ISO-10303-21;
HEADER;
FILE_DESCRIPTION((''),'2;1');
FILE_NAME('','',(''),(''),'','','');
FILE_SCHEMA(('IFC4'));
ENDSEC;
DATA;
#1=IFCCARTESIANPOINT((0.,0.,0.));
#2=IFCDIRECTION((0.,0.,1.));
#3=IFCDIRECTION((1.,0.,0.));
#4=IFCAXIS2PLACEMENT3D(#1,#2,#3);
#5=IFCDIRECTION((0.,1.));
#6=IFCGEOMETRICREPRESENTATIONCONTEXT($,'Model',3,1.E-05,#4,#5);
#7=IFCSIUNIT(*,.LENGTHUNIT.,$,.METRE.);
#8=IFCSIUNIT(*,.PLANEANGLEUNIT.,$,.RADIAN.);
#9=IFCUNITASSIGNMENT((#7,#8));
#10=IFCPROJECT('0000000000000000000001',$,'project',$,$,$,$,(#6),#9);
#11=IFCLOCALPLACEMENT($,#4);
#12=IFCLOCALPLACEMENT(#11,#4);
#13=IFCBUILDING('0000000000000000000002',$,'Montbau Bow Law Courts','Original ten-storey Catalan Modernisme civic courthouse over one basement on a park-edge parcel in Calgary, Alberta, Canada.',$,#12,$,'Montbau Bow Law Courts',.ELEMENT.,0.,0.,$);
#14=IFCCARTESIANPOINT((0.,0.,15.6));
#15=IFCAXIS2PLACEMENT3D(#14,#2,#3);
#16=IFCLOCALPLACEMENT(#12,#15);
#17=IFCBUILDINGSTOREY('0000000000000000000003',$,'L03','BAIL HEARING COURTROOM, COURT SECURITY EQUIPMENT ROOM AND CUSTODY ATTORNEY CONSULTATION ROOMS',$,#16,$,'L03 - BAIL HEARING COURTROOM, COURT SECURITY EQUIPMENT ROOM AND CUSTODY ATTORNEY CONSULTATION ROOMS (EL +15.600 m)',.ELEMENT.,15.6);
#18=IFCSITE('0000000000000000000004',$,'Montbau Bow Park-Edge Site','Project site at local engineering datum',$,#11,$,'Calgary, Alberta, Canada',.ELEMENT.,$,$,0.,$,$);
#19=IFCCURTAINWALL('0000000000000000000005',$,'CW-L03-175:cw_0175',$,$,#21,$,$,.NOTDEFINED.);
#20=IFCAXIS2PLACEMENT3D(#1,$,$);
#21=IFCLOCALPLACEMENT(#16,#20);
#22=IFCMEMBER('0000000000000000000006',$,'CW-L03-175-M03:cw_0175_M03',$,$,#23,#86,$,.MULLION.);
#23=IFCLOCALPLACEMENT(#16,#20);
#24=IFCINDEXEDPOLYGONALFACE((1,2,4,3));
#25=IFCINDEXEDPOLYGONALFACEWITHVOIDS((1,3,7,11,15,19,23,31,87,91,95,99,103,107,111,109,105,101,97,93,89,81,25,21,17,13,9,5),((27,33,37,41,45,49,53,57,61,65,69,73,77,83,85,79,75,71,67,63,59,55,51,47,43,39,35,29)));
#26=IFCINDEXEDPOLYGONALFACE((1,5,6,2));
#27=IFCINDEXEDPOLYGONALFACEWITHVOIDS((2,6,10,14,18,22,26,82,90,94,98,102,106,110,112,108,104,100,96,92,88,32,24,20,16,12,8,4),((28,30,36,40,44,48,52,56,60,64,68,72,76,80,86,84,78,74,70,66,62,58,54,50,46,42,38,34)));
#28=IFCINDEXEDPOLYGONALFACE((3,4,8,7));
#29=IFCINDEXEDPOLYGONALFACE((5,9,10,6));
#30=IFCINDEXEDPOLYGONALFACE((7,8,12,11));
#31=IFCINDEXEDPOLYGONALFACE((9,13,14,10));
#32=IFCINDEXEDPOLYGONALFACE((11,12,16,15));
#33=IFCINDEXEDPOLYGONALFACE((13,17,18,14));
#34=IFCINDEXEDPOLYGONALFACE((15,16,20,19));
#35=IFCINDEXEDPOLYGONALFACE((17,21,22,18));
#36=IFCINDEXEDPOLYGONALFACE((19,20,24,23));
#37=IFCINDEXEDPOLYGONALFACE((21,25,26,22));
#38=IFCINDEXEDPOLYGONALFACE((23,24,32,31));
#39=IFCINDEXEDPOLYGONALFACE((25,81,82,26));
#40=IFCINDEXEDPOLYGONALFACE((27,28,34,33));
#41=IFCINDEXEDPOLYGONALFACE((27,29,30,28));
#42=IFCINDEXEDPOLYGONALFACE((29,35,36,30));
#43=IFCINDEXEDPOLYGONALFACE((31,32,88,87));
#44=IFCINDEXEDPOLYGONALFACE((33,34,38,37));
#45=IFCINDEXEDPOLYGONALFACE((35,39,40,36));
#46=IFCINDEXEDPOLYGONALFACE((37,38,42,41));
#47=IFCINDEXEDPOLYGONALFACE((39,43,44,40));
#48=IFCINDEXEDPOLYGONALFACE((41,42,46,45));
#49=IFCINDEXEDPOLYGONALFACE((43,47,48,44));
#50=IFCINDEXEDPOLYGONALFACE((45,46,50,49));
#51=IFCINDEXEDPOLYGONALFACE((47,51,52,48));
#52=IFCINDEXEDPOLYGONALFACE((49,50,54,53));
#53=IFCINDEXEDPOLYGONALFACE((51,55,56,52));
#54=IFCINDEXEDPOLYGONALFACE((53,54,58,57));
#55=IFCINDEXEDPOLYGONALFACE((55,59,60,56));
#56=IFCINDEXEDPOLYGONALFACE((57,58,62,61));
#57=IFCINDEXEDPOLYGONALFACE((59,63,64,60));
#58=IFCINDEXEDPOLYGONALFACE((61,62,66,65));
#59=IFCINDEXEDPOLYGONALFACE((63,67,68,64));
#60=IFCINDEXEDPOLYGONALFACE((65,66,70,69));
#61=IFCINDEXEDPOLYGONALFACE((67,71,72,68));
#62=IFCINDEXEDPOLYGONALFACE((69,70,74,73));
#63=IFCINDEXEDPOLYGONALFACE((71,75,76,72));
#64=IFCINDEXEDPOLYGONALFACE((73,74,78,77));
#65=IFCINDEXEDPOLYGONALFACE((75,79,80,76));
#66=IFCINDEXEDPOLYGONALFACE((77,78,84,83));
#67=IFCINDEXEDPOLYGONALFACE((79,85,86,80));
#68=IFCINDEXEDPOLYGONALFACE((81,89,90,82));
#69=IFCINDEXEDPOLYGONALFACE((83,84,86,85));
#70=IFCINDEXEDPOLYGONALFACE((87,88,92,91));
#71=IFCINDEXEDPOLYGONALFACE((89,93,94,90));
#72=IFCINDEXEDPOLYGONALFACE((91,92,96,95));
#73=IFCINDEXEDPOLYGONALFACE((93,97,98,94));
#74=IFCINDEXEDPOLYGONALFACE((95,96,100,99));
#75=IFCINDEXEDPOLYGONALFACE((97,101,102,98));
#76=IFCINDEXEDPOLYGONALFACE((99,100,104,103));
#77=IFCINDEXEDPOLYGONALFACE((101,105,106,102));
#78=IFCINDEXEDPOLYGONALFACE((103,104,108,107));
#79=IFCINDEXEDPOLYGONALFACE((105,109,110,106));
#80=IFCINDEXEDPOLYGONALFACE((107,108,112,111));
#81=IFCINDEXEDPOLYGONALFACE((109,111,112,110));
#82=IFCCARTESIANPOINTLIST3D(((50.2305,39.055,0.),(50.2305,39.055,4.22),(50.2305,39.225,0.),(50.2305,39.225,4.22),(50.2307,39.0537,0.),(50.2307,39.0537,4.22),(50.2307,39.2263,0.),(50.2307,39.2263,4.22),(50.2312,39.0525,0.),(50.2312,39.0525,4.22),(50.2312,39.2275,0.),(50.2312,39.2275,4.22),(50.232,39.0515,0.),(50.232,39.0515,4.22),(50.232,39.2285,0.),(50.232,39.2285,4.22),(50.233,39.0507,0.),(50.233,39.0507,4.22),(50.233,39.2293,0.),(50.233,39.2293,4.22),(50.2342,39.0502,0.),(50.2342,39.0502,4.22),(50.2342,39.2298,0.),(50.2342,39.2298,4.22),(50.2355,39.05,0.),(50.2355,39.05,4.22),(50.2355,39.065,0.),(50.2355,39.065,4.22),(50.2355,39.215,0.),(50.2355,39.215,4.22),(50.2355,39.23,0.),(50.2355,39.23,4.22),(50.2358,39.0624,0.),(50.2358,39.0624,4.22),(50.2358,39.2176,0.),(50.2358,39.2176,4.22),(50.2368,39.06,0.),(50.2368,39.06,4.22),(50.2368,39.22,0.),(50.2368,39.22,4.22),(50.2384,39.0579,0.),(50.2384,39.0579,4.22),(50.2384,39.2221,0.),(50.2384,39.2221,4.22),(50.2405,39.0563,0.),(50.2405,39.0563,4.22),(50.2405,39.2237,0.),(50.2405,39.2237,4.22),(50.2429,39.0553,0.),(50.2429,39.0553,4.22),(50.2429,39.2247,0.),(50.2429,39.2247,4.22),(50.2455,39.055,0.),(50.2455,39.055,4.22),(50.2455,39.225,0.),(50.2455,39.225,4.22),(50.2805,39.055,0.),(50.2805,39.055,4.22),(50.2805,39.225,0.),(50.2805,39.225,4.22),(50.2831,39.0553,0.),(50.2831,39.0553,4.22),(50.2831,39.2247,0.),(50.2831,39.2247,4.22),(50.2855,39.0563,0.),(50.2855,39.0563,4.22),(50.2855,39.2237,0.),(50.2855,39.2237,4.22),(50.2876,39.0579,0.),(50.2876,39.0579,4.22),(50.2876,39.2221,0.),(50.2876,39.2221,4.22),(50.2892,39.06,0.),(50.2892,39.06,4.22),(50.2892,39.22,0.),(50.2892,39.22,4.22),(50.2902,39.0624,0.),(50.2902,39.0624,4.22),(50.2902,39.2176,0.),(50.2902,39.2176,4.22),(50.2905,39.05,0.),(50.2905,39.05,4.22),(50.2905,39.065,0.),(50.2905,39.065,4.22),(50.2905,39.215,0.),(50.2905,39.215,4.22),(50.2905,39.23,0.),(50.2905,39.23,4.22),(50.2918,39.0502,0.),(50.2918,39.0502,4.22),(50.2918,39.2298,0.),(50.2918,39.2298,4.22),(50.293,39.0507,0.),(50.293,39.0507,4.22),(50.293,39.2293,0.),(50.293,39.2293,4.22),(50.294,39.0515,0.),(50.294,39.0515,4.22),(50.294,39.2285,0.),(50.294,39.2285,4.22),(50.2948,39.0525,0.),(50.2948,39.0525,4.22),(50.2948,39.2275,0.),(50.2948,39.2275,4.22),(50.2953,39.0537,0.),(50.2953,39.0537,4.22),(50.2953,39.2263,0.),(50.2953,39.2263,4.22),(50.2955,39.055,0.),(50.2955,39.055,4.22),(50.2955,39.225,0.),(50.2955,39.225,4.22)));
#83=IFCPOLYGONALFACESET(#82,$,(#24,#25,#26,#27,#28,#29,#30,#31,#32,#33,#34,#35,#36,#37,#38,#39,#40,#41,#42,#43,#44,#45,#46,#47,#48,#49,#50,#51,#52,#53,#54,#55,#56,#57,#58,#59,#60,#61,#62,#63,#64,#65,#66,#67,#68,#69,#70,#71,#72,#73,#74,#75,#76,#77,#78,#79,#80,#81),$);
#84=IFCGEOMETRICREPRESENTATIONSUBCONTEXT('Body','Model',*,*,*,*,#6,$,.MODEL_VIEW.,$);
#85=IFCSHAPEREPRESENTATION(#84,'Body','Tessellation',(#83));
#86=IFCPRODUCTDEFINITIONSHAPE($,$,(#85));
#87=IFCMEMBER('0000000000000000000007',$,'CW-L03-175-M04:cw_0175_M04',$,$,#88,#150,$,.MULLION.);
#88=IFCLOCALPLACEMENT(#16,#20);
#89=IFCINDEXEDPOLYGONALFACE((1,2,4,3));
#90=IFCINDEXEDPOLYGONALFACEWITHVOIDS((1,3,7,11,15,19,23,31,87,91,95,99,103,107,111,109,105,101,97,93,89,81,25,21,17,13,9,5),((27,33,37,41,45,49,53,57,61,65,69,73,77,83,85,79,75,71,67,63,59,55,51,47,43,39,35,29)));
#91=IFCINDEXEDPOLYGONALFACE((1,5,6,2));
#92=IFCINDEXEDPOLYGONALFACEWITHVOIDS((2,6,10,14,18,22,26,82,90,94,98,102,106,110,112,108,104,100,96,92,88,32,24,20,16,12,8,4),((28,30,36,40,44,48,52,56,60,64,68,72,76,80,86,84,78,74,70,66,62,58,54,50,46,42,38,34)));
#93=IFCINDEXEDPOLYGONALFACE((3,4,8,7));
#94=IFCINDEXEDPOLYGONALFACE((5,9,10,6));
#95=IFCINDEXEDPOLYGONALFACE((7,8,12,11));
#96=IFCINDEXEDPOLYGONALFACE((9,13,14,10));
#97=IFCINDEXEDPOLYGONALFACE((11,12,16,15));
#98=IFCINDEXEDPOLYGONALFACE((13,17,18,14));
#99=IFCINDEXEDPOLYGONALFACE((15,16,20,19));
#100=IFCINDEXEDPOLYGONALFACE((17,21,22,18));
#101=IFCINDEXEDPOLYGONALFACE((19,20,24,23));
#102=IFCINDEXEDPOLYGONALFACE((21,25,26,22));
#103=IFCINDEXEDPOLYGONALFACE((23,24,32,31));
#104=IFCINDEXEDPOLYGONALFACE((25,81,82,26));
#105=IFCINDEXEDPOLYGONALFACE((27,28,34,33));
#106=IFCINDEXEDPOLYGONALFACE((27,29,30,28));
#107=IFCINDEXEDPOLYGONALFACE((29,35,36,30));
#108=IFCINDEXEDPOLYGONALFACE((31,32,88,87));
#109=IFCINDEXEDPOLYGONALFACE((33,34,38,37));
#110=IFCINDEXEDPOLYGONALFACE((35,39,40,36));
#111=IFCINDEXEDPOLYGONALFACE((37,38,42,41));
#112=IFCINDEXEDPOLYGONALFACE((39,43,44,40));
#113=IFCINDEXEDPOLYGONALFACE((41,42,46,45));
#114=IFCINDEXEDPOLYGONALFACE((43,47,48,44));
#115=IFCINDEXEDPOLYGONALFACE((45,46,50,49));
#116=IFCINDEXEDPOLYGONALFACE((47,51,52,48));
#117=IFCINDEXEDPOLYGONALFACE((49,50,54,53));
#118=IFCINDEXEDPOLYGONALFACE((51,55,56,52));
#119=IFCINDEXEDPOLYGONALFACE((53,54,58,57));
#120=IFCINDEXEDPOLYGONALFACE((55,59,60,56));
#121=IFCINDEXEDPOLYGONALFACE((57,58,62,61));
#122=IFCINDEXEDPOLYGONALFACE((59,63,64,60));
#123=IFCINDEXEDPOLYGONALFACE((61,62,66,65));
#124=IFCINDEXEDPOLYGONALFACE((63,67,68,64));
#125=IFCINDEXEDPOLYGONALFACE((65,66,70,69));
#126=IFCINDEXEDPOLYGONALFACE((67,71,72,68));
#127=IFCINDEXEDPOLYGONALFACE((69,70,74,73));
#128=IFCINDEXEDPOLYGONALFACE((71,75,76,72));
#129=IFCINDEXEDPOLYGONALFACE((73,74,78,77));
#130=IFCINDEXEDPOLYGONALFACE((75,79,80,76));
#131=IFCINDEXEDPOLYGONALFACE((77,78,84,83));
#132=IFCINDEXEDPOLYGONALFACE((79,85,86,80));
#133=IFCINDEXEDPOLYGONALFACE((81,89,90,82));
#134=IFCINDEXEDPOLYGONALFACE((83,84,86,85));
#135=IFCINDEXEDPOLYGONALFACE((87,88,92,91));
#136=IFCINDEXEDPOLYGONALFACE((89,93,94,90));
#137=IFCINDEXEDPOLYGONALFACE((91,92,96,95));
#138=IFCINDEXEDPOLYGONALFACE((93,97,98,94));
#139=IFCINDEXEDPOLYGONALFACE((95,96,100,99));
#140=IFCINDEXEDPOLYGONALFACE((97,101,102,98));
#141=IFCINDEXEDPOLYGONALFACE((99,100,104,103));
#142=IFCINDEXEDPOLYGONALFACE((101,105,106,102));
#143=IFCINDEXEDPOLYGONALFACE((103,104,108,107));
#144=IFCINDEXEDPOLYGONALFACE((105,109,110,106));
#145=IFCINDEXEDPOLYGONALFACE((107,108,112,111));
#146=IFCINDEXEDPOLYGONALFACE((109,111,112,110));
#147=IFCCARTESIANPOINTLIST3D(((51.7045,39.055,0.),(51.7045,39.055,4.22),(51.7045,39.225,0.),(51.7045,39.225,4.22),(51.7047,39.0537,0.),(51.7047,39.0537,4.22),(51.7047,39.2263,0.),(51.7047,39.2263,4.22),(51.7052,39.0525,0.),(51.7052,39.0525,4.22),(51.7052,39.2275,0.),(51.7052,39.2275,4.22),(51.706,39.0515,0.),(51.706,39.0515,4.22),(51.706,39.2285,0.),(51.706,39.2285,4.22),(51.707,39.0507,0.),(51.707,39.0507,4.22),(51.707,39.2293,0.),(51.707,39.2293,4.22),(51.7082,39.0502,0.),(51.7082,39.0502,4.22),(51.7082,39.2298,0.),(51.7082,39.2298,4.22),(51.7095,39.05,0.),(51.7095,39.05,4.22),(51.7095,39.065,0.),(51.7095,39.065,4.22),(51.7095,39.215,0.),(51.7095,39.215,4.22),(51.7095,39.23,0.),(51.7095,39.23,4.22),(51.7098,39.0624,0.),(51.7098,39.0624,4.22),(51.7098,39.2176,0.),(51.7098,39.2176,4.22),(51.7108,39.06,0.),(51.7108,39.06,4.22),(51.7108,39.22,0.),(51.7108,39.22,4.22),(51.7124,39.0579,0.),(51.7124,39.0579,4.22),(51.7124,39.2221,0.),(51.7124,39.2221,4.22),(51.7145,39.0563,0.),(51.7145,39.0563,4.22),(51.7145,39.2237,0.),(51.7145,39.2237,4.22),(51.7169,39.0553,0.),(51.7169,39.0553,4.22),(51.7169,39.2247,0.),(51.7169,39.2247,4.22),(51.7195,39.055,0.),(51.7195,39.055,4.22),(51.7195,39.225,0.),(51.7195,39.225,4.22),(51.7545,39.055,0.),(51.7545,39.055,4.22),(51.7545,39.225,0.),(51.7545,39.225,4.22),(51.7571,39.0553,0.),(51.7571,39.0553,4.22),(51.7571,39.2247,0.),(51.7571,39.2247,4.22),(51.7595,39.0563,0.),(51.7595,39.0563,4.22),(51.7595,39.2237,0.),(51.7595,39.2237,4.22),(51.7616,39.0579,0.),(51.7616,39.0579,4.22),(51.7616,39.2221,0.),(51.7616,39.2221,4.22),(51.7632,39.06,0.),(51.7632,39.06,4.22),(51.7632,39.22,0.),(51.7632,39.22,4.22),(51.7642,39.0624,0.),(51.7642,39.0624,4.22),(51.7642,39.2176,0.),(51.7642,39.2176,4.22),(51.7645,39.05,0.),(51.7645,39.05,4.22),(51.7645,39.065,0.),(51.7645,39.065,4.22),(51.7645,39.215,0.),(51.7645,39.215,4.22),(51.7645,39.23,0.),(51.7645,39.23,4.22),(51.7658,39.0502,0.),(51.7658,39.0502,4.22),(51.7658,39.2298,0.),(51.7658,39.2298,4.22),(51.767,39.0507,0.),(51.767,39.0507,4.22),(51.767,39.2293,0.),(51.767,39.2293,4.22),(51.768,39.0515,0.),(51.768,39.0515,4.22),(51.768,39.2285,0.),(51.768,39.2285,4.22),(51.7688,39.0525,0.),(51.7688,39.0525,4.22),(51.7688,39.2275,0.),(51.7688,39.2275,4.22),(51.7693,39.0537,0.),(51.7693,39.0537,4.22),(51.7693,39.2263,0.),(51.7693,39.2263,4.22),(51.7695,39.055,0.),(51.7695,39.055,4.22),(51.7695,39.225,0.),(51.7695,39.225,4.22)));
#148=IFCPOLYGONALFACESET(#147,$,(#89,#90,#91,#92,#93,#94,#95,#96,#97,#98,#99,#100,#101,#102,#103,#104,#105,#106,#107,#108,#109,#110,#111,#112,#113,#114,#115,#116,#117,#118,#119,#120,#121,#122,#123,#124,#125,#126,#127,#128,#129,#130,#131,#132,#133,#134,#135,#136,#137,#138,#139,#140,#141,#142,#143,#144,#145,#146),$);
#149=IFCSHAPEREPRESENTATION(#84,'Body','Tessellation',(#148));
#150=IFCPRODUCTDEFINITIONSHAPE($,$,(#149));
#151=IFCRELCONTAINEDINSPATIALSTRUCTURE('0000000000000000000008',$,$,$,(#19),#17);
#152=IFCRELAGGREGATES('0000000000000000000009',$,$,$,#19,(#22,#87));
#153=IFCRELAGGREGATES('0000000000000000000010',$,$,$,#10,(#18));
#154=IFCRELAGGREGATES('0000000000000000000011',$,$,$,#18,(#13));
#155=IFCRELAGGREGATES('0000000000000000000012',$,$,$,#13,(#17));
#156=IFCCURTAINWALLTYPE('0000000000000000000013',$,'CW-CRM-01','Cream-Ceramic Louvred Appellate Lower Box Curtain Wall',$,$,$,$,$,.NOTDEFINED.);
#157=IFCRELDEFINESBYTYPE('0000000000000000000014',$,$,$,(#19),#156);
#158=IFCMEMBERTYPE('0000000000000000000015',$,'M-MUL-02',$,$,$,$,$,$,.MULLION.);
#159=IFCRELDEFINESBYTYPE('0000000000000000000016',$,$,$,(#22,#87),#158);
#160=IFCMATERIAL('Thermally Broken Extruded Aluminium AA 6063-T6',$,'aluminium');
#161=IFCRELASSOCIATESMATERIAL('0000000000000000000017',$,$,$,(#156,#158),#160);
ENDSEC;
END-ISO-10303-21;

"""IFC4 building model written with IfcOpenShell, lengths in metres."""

from ifc_helpers import new_model, si_unit, direction, frame, origin_with_axes, origin_2d_with_axis, place, context, subcontext, project, spatial, hollow_rectangle, extrude, material, material_profile, profile_set, type_object, element, aggregate, save


model = new_model("IFC4")

# Units and contexts
model_context = context("Model", 3, precision=1e-05, world=origin_with_axes(), true_north=direction((0.0, 1.0)))
body_context = subcontext(model_context, "Body", "Model", "MODEL_VIEW")
ifc_project = project(units=[si_unit("LENGTHUNIT", "METRE"), si_unit("PLANEANGLEUNIT", "RADIAN")], contexts=[model_context])

# Site, building, storey
site_placement = place(None, origin_with_axes())
site = spatial("IfcSite", under=ifc_project, at=site_placement, Name="Montbau Bow Park-Edge Site", Description="Project site at local engineering datum", LongName="Calgary, Alberta, Canada", CompositionType="ELEMENT", RefElevation=0.0)
building_placement = place(site_placement, origin_with_axes())
building = spatial("IfcBuilding", under=site, at=building_placement, Name="Montbau Bow Law Courts", Description="Original ten-storey Catalan Modernisme civic courthouse over one basement on a park-edge parcel in Calgary, Alberta, Canada.", LongName="Montbau Bow Law Courts", CompositionType="ELEMENT", ElevationOfRefHeight=0.0, ElevationOfTerrain=0.0)
storey_placement = place(building_placement, frame((0.0, 0.0, 15.6), z_axis=(0.0, 0.0, 1.0), x_axis=(1.0, 0.0, 0.0)))
storey = spatial("IfcBuildingStorey", under=building, at=storey_placement, Name="L03", Description="BAIL HEARING COURTROOM, COURT SECURITY EQUIPMENT ROOM AND CUSTODY ATTORNEY CONSULTATION ROOMS", LongName="L03 - BAIL HEARING COURTROOM, COURT SECURITY EQUIPMENT ROOM AND CUSTODY ATTORNEY CONSULTATION ROOMS (EL +15.600 m)", CompositionType="ELEMENT", Elevation=15.6)

# Curtain wall, members
ifc_material_1 = material(Name="Thermally Broken Extruded Aluminium AA 6063-T6", Category="aluminium")
curtain_wall_type = type_object("IfcCurtainWallType", Name="CW-CRM-01", Description="Cream-Ceramic Louvred Appellate Lower Box Curtain Wall", PredefinedType="NOTDEFINED", material=ifc_material_1)
curtain_wall_1_placement = place(None, frame((47.315, 39.14, 15.6), z_axis=(0.0, 0.0, 1.0), x_axis=(1.0, 0.0, 0.0)))
curtain_wall_1 = element("IfcCurtainWall", 1, at=curtain_wall_1_placement, inside=storey, type_object=curtain_wall_type, Name="CW-L03-175:cw_0175", PredefinedType="NOTDEFINED")
ifc_material_profile_1 = material_profile(ifc_material_1, hollow_rectangle(XDim=0.065, YDim=0.18, WallThickness=0.005, InnerFilletRadius=0.01, OuterFilletRadius=0.005, at=origin_2d_with_axis()), Name="CWM-180X65", Category="Main", Priority=0)
ifc_profile_set_1 = profile_set([ifc_material_profile_1], Name="Thermally Broken Extruded Aluminium AA 6063-T6")
member_type_1 = type_object("IfcMemberType", Name="M-MUL-02", PredefinedType="MULLION", material=ifc_profile_set_1)
member_1_placement = place(None, frame((50.263, 39.14, 15.6), z_axis=(0.0, 0.0, 1.0), x_axis=(1.0, 0.0, 0.0)))
member_1 = element("IfcMember", 2, at=member_1_placement, type_object=member_type_1, Name="CW-L03-175-M03:cw_0175_M03", PredefinedType="MULLION", context=body_context, shape_type="SweptSolid", body=[
    extrude(hollow_rectangle(XDim=0.065, YDim=0.18, WallThickness=0.005, InnerFilletRadius=0.01, OuterFilletRadius=0.005, at=origin_2d_with_axis()), origin_with_axes(), (0.0, 0.0, 1.0), 4.22),
])
member_2_placement = place(None, frame((51.737, 39.14, 15.6), z_axis=(0.0, 0.0, 1.0), x_axis=(1.0, 0.0, 0.0)))
member_2 = element("IfcMember", 3, at=member_2_placement, type_object=member_type_1, Name="CW-L03-175-M04:cw_0175_M04", PredefinedType="MULLION", context=body_context, shape_type="SweptSolid", body=[
    extrude(hollow_rectangle(XDim=0.065, YDim=0.18, WallThickness=0.005, InnerFilletRadius=0.01, OuterFilletRadius=0.005, at=origin_2d_with_axis()), origin_with_axes(), (0.0, 0.0, 1.0), 4.22),
])

aggregate(curtain_wall_1, [member_1, member_2])

save(model, "model.ifc")
